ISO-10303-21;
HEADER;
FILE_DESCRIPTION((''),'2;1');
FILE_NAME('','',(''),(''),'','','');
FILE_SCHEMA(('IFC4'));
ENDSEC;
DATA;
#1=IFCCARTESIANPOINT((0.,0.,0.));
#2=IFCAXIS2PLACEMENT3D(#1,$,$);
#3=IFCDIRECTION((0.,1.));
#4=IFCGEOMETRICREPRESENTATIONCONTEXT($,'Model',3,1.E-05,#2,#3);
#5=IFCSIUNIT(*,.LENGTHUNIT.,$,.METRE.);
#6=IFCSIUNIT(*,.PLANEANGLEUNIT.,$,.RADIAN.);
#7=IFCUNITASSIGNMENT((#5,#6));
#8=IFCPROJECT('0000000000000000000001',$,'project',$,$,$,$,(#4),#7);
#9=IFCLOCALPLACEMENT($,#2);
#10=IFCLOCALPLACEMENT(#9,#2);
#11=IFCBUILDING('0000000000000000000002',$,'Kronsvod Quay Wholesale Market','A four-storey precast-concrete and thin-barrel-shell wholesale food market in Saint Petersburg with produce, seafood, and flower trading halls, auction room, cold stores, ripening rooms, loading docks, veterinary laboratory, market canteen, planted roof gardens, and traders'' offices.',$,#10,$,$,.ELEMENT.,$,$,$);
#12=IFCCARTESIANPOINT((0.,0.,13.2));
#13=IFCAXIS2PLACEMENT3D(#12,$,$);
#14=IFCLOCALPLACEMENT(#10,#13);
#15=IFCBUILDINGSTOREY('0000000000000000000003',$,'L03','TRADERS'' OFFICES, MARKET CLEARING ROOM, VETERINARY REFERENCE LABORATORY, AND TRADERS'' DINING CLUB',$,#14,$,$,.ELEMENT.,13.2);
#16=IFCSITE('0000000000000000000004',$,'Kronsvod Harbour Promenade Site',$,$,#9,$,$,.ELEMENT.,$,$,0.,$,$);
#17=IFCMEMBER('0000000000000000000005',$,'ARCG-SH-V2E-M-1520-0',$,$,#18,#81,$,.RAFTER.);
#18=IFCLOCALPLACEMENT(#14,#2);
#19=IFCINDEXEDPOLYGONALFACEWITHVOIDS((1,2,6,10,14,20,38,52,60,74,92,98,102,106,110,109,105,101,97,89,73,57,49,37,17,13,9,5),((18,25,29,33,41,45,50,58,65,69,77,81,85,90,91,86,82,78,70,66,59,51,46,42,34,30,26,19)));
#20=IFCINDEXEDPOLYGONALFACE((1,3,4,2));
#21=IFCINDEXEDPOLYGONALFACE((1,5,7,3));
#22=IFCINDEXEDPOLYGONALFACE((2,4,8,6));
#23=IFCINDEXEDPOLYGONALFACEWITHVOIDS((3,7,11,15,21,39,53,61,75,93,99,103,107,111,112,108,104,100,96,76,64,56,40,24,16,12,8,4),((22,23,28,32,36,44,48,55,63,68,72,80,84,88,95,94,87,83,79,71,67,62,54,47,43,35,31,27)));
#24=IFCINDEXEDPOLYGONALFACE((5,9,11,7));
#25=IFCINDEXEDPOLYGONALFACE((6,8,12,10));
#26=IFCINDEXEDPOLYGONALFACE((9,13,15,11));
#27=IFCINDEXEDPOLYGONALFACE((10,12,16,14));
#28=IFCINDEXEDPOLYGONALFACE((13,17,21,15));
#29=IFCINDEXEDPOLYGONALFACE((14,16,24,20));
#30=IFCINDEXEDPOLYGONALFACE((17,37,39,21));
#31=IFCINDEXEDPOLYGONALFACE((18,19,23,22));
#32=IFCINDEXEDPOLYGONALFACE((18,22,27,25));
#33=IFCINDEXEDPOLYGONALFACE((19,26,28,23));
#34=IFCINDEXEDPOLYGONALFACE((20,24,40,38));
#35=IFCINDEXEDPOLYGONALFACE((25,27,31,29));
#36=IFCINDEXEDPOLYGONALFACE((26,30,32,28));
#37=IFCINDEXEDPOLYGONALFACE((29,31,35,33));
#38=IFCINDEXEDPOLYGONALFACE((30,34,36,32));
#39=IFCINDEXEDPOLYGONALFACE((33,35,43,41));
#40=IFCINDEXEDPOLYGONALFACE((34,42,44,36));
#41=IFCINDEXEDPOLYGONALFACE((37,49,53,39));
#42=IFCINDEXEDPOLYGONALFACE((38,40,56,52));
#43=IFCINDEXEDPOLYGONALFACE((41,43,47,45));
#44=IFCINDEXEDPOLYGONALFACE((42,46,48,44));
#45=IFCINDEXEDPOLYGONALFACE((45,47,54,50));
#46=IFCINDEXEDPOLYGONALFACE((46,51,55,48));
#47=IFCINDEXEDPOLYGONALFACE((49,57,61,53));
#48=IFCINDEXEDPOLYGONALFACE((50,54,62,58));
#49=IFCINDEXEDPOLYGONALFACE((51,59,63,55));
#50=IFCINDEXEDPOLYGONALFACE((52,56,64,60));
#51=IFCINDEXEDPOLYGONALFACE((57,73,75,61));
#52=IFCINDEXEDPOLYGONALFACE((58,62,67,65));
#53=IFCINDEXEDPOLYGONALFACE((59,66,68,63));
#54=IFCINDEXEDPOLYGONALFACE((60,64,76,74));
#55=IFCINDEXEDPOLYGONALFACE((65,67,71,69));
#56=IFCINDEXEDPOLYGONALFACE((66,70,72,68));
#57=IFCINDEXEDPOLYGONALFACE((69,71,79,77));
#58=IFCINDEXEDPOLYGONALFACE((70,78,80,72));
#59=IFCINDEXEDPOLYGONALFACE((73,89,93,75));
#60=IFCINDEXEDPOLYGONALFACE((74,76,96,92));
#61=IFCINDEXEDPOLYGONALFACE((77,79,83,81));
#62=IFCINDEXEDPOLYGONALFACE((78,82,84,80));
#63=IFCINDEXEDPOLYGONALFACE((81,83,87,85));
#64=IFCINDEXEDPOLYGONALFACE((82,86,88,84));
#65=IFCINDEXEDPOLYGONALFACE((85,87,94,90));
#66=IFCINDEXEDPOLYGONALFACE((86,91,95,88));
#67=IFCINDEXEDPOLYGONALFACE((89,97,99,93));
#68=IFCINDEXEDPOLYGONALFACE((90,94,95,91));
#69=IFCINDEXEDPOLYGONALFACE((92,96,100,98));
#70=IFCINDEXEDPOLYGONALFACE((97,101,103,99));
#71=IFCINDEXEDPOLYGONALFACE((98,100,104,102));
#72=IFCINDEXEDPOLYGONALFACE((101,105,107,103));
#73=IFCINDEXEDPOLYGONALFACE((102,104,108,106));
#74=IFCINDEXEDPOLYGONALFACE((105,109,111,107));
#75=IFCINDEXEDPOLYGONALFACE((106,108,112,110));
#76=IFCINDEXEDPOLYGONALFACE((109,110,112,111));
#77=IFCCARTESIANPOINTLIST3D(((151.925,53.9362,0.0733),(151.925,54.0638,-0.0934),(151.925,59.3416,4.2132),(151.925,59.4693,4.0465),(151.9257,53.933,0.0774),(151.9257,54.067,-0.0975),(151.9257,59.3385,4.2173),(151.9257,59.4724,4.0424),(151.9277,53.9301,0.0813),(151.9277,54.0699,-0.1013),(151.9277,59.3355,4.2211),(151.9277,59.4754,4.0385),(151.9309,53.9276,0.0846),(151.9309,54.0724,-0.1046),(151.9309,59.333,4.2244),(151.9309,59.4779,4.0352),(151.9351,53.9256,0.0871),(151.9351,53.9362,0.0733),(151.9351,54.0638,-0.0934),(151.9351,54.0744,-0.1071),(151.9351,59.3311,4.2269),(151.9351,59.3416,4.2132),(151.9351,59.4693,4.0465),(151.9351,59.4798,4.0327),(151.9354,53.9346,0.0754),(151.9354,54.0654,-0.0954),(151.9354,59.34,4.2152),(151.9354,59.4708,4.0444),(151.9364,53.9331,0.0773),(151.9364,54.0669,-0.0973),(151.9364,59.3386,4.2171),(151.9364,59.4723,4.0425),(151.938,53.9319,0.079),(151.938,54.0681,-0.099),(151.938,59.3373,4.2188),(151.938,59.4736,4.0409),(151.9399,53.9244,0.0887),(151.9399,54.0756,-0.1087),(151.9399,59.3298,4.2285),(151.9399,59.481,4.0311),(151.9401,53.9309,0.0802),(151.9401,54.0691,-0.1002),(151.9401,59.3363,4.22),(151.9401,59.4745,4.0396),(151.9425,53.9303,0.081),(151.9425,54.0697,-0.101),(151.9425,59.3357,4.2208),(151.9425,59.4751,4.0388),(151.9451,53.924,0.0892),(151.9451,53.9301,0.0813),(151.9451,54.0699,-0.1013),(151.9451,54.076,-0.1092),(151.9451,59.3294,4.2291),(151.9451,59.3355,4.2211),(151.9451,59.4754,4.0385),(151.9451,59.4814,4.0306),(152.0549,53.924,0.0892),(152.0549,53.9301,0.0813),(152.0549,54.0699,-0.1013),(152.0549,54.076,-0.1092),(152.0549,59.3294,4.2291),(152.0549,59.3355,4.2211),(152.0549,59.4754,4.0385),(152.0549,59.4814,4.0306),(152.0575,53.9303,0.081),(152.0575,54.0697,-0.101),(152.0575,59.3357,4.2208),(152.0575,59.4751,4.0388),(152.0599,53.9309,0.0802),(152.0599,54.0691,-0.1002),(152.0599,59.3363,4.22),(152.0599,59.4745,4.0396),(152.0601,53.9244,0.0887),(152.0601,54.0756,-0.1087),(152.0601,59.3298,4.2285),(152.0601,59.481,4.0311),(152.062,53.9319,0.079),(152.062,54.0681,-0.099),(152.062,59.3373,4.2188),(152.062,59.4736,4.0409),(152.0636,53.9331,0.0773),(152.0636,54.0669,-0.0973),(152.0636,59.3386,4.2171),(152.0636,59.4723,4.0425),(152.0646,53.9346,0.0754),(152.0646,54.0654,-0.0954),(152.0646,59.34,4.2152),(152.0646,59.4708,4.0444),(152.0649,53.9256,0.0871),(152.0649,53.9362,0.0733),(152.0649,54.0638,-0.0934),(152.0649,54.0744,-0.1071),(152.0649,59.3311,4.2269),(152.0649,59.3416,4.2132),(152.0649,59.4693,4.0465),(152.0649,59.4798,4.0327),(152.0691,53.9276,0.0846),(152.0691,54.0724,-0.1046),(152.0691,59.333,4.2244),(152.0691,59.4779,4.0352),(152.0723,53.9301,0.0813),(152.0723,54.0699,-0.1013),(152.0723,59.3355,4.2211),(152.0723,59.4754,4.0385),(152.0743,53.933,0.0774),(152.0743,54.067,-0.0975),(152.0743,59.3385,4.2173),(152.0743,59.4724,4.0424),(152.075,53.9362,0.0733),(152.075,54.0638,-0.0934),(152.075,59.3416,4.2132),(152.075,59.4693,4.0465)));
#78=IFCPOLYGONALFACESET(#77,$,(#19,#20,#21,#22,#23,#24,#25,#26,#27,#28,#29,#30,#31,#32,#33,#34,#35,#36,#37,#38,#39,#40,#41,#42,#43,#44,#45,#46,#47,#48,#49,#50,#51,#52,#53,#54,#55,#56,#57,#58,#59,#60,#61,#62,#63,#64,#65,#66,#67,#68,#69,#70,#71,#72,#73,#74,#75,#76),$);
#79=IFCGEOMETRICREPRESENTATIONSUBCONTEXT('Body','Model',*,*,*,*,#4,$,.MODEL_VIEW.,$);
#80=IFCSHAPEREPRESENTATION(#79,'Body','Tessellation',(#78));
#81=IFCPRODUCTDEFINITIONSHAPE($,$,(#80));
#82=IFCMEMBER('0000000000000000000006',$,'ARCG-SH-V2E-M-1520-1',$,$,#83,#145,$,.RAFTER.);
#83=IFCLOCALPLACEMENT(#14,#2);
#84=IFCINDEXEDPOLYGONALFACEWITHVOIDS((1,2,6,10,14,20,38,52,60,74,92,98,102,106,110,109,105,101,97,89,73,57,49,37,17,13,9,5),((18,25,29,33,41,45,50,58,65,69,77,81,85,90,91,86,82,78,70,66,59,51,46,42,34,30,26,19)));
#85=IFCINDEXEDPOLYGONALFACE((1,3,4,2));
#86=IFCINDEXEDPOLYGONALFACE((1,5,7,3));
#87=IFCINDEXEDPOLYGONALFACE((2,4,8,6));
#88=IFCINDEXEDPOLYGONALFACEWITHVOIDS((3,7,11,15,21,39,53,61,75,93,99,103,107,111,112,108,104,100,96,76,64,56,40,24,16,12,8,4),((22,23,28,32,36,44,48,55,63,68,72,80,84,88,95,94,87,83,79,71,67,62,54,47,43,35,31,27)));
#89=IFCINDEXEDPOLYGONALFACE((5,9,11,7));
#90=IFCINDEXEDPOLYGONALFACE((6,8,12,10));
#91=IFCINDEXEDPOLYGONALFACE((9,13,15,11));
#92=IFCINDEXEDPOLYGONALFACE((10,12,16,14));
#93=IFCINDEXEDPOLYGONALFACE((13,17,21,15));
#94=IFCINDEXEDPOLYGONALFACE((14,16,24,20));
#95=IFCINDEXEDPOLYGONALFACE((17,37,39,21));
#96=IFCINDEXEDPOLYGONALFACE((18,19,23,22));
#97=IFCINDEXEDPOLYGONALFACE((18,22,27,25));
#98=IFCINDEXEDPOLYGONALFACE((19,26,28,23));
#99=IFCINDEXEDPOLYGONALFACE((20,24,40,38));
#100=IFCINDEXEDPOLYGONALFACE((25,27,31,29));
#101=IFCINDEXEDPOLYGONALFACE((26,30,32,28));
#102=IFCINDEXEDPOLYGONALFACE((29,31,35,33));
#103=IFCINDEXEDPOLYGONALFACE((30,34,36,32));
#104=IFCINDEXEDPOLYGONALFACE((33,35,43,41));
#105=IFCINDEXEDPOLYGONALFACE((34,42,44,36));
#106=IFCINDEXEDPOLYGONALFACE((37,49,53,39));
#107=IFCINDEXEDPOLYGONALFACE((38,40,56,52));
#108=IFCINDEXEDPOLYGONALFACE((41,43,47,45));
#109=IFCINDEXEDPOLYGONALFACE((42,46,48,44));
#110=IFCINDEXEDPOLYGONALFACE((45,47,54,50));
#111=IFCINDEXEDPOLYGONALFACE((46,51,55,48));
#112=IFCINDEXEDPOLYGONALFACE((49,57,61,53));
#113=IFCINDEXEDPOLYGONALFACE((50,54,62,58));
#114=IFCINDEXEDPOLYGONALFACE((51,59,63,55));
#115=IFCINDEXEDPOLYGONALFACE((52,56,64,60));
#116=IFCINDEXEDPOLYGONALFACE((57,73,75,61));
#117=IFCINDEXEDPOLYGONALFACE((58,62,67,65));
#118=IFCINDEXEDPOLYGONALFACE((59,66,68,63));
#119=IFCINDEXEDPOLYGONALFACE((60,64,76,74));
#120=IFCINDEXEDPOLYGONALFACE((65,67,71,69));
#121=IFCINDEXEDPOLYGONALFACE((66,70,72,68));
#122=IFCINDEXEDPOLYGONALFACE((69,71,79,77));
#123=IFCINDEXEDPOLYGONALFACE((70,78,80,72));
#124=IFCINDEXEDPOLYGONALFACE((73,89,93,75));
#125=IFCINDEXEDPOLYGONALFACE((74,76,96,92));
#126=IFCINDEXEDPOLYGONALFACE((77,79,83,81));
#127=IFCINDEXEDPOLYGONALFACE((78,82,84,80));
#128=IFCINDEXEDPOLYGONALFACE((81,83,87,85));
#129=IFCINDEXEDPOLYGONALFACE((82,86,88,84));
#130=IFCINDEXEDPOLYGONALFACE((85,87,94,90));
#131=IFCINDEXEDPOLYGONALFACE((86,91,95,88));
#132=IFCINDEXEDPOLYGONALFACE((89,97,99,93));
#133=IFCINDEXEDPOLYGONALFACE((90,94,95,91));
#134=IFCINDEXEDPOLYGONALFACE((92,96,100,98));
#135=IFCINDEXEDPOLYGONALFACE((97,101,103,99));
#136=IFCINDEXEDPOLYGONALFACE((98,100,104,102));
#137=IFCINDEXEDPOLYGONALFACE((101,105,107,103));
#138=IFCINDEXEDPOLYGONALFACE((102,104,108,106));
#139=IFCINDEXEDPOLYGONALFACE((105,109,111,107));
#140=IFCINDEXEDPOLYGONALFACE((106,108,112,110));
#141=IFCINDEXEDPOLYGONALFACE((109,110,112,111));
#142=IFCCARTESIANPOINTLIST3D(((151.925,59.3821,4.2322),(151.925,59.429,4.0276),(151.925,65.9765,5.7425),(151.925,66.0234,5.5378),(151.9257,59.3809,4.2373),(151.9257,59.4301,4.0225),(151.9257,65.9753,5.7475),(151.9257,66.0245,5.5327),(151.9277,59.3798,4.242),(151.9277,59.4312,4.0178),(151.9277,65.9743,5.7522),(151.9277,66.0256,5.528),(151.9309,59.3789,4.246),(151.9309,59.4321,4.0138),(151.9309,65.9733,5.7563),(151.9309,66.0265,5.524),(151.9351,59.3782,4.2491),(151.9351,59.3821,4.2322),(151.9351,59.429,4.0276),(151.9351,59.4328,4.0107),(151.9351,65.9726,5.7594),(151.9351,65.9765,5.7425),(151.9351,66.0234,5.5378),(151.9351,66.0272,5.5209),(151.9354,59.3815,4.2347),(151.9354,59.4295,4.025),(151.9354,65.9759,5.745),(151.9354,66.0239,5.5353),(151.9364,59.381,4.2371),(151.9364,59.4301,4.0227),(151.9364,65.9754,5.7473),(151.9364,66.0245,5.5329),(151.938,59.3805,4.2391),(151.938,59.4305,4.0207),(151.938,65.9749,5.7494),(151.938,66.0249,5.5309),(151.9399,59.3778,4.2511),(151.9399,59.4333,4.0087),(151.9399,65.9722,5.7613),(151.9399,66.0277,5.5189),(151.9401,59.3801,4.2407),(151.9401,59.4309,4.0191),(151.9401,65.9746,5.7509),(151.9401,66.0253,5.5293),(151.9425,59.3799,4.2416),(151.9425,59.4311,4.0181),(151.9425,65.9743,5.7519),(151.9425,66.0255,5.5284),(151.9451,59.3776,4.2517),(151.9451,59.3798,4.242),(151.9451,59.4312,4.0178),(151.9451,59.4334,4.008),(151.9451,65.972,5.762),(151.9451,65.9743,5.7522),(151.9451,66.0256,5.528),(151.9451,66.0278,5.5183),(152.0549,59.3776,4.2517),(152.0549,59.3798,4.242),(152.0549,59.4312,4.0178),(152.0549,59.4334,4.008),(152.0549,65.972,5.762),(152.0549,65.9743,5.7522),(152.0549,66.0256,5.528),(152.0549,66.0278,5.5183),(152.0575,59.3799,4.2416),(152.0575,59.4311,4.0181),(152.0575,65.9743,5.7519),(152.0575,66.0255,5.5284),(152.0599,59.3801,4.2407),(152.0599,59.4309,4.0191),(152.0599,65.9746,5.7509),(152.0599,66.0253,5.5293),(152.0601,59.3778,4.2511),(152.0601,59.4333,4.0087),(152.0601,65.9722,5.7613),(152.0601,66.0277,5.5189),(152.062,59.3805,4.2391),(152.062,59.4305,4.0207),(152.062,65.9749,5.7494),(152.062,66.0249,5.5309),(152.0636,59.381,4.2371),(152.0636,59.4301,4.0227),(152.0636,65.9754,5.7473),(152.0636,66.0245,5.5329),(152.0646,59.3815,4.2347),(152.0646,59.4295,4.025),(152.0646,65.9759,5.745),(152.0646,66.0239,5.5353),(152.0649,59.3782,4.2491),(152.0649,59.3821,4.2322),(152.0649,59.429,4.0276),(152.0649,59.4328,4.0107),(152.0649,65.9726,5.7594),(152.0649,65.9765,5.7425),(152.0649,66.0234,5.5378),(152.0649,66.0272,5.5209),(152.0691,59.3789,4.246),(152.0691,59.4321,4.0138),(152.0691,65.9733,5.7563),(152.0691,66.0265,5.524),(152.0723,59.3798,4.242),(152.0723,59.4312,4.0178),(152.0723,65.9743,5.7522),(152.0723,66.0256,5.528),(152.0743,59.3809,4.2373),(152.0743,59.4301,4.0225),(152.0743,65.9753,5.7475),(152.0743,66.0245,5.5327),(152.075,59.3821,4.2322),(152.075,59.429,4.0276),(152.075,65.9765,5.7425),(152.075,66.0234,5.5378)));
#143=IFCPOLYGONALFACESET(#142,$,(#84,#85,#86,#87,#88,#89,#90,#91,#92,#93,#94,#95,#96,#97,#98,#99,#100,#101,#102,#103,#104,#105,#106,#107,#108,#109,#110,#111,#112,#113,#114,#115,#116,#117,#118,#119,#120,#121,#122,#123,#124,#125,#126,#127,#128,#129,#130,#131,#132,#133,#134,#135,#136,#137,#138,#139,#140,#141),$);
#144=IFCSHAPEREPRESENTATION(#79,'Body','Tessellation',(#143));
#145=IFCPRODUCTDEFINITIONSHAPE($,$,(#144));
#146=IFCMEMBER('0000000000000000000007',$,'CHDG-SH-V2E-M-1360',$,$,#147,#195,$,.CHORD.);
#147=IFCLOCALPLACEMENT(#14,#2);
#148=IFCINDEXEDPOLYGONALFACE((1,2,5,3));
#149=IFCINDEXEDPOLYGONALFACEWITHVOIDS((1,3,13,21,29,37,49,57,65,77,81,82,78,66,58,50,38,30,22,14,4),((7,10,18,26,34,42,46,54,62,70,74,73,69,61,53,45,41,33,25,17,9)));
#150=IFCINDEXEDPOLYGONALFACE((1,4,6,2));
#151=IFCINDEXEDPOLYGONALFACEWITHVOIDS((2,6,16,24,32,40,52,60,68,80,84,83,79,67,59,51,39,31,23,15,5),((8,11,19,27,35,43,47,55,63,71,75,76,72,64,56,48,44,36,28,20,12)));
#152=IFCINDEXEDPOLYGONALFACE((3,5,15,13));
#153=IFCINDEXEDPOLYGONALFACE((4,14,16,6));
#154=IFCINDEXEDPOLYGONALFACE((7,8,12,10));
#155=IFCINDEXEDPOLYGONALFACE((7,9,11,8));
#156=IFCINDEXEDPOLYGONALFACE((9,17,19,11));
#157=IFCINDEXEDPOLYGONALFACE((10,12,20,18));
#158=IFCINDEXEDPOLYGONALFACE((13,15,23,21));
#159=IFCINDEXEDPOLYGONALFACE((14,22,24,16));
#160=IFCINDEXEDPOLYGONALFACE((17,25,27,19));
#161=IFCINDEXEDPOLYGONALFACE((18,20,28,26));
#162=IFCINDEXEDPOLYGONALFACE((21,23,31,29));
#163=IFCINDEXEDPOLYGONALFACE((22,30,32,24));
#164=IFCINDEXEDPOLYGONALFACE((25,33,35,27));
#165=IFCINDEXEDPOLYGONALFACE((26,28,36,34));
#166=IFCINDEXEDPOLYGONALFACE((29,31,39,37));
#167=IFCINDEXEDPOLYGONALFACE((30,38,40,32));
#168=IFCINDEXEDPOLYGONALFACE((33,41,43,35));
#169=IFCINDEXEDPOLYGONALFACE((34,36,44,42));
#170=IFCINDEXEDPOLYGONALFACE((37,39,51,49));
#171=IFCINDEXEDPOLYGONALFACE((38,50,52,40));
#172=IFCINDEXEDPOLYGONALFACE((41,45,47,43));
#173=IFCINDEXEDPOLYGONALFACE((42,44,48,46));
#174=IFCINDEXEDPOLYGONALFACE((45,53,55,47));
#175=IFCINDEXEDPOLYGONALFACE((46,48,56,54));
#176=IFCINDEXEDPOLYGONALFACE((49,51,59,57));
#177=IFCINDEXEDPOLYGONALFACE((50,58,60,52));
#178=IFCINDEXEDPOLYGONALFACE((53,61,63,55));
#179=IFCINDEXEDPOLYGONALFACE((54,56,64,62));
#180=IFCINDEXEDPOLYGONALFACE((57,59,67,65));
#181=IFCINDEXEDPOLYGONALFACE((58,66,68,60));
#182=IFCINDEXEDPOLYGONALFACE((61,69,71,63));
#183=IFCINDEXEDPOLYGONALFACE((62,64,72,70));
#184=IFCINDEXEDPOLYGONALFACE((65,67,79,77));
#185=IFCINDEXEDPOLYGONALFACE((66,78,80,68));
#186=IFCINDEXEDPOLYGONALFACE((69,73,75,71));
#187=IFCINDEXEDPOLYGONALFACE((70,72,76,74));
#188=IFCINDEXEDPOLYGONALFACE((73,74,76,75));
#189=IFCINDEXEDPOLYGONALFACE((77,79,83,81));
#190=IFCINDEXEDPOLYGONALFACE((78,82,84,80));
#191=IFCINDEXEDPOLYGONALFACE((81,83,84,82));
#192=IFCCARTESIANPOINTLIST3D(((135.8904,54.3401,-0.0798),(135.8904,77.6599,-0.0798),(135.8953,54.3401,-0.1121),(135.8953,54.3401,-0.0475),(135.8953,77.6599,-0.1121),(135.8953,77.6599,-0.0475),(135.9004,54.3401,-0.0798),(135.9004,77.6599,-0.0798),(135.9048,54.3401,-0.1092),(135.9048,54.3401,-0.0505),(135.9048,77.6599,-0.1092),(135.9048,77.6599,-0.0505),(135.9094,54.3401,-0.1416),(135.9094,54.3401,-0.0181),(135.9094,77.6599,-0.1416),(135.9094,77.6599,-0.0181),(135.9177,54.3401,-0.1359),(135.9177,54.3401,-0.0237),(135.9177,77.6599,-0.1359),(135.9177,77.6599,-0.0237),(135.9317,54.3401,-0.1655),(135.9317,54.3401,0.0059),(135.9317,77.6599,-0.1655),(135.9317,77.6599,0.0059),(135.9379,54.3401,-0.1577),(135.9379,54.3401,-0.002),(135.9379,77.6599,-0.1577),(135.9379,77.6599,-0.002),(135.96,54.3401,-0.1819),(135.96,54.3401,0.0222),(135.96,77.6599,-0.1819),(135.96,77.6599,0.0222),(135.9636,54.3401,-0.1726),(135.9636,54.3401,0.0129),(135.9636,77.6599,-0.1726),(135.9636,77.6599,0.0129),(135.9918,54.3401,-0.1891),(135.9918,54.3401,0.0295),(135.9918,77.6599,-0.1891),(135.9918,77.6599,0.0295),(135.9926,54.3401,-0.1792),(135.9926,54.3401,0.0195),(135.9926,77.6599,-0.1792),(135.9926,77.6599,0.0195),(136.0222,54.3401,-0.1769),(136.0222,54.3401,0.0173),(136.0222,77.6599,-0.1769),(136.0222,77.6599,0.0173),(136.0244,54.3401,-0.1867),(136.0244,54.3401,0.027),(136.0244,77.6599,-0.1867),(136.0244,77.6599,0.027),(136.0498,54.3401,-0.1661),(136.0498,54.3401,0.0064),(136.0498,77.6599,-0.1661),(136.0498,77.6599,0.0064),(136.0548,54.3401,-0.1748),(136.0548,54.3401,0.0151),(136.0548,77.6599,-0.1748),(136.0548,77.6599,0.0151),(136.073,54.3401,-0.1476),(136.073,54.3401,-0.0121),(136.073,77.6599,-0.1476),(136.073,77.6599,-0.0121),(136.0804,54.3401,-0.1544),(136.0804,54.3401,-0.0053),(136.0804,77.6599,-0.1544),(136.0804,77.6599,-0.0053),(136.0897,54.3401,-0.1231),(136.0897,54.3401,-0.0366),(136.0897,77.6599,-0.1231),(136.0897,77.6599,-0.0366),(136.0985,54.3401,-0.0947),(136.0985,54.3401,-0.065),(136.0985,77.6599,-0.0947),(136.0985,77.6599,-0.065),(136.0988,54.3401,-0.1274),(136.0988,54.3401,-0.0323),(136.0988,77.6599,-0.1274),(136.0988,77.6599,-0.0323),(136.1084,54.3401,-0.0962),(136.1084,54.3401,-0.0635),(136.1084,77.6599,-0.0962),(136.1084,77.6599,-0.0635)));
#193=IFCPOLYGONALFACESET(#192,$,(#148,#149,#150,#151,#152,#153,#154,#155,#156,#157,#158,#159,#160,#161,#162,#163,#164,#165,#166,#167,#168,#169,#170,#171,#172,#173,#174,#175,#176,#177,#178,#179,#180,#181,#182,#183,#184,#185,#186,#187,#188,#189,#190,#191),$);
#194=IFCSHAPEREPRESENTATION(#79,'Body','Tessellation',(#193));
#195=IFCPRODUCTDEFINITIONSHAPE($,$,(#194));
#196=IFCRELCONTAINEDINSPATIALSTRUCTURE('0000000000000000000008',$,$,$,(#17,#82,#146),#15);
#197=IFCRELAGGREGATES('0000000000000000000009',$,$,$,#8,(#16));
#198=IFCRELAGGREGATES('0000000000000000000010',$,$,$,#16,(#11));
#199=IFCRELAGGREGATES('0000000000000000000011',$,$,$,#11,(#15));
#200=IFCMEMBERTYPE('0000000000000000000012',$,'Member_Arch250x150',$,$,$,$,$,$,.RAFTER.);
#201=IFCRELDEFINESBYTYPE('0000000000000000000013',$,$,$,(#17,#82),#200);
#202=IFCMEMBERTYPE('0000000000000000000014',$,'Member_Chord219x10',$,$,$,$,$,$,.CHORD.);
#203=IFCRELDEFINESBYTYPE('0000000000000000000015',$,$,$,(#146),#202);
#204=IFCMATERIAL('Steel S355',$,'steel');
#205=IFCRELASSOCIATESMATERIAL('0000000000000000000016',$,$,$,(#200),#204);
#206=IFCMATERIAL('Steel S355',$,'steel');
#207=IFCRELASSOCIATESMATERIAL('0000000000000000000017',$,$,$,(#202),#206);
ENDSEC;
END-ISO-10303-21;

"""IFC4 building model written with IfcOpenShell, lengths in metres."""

from ifc_helpers import new_model, si_unit, direction, frame, origin, origin_2d, place, context, subcontext, project, spatial, hollow_rectangle, hollow_circle, extrude, material, material_profile, profile_set, type_object, element, save


model = new_model("IFC4")

# Units and contexts
model_context = context("Model", 3, precision=1e-05, world=origin(), true_north=direction((0.0, 1.0)))
body_context = subcontext(model_context, "Body", "Model", "MODEL_VIEW")
ifc_project = project(units=[si_unit("LENGTHUNIT", "METRE"), si_unit("PLANEANGLEUNIT", "RADIAN")], contexts=[model_context])

# Site, building, storey
site_placement = place(None, origin())
site = spatial("IfcSite", under=ifc_project, at=site_placement, Name="Kronsvod Harbour Promenade Site", CompositionType="ELEMENT", RefElevation=0.0)
building_placement = place(site_placement, origin())
building = spatial("IfcBuilding", under=site, at=building_placement, Name="Kronsvod Quay Wholesale Market", Description="A four-storey precast-concrete and thin-barrel-shell wholesale food market in Saint Petersburg with produce, seafood, and flower trading halls, auction room, cold stores, ripening rooms, loading docks, veterinary laboratory, market canteen, planted roof gardens, and traders' offices.", CompositionType="ELEMENT")
storey_placement = place(building_placement, frame((0.0, 0.0, 13.2)))
storey = spatial("IfcBuildingStorey", under=building, at=storey_placement, Name="L03", Description="TRADERS' OFFICES, MARKET CLEARING ROOM, VETERINARY REFERENCE LABORATORY, AND TRADERS' DINING CLUB", CompositionType="ELEMENT", Elevation=13.2)

# Members
ifc_material_1 = material(Name="Steel S355", Category="steel")
ifc_material_profile_1 = material_profile(ifc_material_1, hollow_rectangle(XDim=0.1499, YDim=0.25, WallThickness=0.01, InnerFilletRadius=0.01, OuterFilletRadius=0.02, at=origin_2d()), Name="RHS250x150x10")
ifc_profile_set_1 = profile_set([ifc_material_profile_1], Name="Steel S355")
member_type_1 = type_object("IfcMemberType", Name="Member_Arch250x150", PredefinedType="RAFTER", material=ifc_profile_set_1)
member_1_placement = place(storey_placement, frame((152.0, 54.0, -0.01), z_axis=(0.0, 0.793914, 0.60803), x_axis=(-1.0, 0.0, 0.0)))
element("IfcMember", 1, at=member_1_placement, inside=storey, type_object=member_type_1, Name="ARCG-SH-V2E-M-1520-0", PredefinedType="RAFTER", context=body_context, shape_type="SweptSolid", body=[
    extrude(hollow_rectangle(XDim=0.1499, YDim=0.25, WallThickness=0.01, InnerFilletRadius=0.01, OuterFilletRadius=0.02, at=origin_2d()), origin(), (0.0, 0.0, 1.0), 6.8086),
])
member_2_placement = place(storey_placement, frame((152.0, 59.4055, 4.1299), z_axis=(0.0, 0.974764, 0.223238), x_axis=(-1.0, 0.0, 0.0)))
element("IfcMember", 2, at=member_2_placement, inside=storey, type_object=member_type_1, Name="ARCG-SH-V2E-M-1520-1", PredefinedType="RAFTER", context=body_context, shape_type="SweptSolid", body=[
    extrude(hollow_rectangle(XDim=0.1499, YDim=0.25, WallThickness=0.01, InnerFilletRadius=0.01, OuterFilletRadius=0.02, at=origin_2d()), origin(), (0.0, 0.0, 1.0), 6.7651),
])
ifc_material_2 = material(Name="Steel S355", Category="steel")
ifc_material_profile_2 = material_profile(ifc_material_2, hollow_circle(Radius=0.1096, WallThickness=0.01, at=origin_2d()), Name="CHS219x10")
ifc_profile_set_2 = profile_set([ifc_material_profile_2], Name="Steel S355")
member_type_2 = type_object("IfcMemberType", Name="Member_Chord219x10", PredefinedType="CHORD", material=ifc_profile_set_2)
for number, where, z_axis, x_axis, name in (
    (3, (136.0, 54.3401, -0.0798), (0.0, 1.0, 0.0), (-1.0, 0.0, 0.0), "CHDG-SH-V2E-M-1360"),
):
    element("IfcMember", number, at=place(storey_placement, frame(where, z_axis=z_axis, x_axis=x_axis)), inside=storey, type_object=member_type_2, Name=name, PredefinedType="CHORD", context=body_context, shape_type="SweptSolid", body=[
        extrude(hollow_circle(Radius=0.1096, WallThickness=0.01, at=origin_2d()), origin(), (0.0, 0.0, 1.0), 23.3198),
    ])

save(model, "model.ifc")
